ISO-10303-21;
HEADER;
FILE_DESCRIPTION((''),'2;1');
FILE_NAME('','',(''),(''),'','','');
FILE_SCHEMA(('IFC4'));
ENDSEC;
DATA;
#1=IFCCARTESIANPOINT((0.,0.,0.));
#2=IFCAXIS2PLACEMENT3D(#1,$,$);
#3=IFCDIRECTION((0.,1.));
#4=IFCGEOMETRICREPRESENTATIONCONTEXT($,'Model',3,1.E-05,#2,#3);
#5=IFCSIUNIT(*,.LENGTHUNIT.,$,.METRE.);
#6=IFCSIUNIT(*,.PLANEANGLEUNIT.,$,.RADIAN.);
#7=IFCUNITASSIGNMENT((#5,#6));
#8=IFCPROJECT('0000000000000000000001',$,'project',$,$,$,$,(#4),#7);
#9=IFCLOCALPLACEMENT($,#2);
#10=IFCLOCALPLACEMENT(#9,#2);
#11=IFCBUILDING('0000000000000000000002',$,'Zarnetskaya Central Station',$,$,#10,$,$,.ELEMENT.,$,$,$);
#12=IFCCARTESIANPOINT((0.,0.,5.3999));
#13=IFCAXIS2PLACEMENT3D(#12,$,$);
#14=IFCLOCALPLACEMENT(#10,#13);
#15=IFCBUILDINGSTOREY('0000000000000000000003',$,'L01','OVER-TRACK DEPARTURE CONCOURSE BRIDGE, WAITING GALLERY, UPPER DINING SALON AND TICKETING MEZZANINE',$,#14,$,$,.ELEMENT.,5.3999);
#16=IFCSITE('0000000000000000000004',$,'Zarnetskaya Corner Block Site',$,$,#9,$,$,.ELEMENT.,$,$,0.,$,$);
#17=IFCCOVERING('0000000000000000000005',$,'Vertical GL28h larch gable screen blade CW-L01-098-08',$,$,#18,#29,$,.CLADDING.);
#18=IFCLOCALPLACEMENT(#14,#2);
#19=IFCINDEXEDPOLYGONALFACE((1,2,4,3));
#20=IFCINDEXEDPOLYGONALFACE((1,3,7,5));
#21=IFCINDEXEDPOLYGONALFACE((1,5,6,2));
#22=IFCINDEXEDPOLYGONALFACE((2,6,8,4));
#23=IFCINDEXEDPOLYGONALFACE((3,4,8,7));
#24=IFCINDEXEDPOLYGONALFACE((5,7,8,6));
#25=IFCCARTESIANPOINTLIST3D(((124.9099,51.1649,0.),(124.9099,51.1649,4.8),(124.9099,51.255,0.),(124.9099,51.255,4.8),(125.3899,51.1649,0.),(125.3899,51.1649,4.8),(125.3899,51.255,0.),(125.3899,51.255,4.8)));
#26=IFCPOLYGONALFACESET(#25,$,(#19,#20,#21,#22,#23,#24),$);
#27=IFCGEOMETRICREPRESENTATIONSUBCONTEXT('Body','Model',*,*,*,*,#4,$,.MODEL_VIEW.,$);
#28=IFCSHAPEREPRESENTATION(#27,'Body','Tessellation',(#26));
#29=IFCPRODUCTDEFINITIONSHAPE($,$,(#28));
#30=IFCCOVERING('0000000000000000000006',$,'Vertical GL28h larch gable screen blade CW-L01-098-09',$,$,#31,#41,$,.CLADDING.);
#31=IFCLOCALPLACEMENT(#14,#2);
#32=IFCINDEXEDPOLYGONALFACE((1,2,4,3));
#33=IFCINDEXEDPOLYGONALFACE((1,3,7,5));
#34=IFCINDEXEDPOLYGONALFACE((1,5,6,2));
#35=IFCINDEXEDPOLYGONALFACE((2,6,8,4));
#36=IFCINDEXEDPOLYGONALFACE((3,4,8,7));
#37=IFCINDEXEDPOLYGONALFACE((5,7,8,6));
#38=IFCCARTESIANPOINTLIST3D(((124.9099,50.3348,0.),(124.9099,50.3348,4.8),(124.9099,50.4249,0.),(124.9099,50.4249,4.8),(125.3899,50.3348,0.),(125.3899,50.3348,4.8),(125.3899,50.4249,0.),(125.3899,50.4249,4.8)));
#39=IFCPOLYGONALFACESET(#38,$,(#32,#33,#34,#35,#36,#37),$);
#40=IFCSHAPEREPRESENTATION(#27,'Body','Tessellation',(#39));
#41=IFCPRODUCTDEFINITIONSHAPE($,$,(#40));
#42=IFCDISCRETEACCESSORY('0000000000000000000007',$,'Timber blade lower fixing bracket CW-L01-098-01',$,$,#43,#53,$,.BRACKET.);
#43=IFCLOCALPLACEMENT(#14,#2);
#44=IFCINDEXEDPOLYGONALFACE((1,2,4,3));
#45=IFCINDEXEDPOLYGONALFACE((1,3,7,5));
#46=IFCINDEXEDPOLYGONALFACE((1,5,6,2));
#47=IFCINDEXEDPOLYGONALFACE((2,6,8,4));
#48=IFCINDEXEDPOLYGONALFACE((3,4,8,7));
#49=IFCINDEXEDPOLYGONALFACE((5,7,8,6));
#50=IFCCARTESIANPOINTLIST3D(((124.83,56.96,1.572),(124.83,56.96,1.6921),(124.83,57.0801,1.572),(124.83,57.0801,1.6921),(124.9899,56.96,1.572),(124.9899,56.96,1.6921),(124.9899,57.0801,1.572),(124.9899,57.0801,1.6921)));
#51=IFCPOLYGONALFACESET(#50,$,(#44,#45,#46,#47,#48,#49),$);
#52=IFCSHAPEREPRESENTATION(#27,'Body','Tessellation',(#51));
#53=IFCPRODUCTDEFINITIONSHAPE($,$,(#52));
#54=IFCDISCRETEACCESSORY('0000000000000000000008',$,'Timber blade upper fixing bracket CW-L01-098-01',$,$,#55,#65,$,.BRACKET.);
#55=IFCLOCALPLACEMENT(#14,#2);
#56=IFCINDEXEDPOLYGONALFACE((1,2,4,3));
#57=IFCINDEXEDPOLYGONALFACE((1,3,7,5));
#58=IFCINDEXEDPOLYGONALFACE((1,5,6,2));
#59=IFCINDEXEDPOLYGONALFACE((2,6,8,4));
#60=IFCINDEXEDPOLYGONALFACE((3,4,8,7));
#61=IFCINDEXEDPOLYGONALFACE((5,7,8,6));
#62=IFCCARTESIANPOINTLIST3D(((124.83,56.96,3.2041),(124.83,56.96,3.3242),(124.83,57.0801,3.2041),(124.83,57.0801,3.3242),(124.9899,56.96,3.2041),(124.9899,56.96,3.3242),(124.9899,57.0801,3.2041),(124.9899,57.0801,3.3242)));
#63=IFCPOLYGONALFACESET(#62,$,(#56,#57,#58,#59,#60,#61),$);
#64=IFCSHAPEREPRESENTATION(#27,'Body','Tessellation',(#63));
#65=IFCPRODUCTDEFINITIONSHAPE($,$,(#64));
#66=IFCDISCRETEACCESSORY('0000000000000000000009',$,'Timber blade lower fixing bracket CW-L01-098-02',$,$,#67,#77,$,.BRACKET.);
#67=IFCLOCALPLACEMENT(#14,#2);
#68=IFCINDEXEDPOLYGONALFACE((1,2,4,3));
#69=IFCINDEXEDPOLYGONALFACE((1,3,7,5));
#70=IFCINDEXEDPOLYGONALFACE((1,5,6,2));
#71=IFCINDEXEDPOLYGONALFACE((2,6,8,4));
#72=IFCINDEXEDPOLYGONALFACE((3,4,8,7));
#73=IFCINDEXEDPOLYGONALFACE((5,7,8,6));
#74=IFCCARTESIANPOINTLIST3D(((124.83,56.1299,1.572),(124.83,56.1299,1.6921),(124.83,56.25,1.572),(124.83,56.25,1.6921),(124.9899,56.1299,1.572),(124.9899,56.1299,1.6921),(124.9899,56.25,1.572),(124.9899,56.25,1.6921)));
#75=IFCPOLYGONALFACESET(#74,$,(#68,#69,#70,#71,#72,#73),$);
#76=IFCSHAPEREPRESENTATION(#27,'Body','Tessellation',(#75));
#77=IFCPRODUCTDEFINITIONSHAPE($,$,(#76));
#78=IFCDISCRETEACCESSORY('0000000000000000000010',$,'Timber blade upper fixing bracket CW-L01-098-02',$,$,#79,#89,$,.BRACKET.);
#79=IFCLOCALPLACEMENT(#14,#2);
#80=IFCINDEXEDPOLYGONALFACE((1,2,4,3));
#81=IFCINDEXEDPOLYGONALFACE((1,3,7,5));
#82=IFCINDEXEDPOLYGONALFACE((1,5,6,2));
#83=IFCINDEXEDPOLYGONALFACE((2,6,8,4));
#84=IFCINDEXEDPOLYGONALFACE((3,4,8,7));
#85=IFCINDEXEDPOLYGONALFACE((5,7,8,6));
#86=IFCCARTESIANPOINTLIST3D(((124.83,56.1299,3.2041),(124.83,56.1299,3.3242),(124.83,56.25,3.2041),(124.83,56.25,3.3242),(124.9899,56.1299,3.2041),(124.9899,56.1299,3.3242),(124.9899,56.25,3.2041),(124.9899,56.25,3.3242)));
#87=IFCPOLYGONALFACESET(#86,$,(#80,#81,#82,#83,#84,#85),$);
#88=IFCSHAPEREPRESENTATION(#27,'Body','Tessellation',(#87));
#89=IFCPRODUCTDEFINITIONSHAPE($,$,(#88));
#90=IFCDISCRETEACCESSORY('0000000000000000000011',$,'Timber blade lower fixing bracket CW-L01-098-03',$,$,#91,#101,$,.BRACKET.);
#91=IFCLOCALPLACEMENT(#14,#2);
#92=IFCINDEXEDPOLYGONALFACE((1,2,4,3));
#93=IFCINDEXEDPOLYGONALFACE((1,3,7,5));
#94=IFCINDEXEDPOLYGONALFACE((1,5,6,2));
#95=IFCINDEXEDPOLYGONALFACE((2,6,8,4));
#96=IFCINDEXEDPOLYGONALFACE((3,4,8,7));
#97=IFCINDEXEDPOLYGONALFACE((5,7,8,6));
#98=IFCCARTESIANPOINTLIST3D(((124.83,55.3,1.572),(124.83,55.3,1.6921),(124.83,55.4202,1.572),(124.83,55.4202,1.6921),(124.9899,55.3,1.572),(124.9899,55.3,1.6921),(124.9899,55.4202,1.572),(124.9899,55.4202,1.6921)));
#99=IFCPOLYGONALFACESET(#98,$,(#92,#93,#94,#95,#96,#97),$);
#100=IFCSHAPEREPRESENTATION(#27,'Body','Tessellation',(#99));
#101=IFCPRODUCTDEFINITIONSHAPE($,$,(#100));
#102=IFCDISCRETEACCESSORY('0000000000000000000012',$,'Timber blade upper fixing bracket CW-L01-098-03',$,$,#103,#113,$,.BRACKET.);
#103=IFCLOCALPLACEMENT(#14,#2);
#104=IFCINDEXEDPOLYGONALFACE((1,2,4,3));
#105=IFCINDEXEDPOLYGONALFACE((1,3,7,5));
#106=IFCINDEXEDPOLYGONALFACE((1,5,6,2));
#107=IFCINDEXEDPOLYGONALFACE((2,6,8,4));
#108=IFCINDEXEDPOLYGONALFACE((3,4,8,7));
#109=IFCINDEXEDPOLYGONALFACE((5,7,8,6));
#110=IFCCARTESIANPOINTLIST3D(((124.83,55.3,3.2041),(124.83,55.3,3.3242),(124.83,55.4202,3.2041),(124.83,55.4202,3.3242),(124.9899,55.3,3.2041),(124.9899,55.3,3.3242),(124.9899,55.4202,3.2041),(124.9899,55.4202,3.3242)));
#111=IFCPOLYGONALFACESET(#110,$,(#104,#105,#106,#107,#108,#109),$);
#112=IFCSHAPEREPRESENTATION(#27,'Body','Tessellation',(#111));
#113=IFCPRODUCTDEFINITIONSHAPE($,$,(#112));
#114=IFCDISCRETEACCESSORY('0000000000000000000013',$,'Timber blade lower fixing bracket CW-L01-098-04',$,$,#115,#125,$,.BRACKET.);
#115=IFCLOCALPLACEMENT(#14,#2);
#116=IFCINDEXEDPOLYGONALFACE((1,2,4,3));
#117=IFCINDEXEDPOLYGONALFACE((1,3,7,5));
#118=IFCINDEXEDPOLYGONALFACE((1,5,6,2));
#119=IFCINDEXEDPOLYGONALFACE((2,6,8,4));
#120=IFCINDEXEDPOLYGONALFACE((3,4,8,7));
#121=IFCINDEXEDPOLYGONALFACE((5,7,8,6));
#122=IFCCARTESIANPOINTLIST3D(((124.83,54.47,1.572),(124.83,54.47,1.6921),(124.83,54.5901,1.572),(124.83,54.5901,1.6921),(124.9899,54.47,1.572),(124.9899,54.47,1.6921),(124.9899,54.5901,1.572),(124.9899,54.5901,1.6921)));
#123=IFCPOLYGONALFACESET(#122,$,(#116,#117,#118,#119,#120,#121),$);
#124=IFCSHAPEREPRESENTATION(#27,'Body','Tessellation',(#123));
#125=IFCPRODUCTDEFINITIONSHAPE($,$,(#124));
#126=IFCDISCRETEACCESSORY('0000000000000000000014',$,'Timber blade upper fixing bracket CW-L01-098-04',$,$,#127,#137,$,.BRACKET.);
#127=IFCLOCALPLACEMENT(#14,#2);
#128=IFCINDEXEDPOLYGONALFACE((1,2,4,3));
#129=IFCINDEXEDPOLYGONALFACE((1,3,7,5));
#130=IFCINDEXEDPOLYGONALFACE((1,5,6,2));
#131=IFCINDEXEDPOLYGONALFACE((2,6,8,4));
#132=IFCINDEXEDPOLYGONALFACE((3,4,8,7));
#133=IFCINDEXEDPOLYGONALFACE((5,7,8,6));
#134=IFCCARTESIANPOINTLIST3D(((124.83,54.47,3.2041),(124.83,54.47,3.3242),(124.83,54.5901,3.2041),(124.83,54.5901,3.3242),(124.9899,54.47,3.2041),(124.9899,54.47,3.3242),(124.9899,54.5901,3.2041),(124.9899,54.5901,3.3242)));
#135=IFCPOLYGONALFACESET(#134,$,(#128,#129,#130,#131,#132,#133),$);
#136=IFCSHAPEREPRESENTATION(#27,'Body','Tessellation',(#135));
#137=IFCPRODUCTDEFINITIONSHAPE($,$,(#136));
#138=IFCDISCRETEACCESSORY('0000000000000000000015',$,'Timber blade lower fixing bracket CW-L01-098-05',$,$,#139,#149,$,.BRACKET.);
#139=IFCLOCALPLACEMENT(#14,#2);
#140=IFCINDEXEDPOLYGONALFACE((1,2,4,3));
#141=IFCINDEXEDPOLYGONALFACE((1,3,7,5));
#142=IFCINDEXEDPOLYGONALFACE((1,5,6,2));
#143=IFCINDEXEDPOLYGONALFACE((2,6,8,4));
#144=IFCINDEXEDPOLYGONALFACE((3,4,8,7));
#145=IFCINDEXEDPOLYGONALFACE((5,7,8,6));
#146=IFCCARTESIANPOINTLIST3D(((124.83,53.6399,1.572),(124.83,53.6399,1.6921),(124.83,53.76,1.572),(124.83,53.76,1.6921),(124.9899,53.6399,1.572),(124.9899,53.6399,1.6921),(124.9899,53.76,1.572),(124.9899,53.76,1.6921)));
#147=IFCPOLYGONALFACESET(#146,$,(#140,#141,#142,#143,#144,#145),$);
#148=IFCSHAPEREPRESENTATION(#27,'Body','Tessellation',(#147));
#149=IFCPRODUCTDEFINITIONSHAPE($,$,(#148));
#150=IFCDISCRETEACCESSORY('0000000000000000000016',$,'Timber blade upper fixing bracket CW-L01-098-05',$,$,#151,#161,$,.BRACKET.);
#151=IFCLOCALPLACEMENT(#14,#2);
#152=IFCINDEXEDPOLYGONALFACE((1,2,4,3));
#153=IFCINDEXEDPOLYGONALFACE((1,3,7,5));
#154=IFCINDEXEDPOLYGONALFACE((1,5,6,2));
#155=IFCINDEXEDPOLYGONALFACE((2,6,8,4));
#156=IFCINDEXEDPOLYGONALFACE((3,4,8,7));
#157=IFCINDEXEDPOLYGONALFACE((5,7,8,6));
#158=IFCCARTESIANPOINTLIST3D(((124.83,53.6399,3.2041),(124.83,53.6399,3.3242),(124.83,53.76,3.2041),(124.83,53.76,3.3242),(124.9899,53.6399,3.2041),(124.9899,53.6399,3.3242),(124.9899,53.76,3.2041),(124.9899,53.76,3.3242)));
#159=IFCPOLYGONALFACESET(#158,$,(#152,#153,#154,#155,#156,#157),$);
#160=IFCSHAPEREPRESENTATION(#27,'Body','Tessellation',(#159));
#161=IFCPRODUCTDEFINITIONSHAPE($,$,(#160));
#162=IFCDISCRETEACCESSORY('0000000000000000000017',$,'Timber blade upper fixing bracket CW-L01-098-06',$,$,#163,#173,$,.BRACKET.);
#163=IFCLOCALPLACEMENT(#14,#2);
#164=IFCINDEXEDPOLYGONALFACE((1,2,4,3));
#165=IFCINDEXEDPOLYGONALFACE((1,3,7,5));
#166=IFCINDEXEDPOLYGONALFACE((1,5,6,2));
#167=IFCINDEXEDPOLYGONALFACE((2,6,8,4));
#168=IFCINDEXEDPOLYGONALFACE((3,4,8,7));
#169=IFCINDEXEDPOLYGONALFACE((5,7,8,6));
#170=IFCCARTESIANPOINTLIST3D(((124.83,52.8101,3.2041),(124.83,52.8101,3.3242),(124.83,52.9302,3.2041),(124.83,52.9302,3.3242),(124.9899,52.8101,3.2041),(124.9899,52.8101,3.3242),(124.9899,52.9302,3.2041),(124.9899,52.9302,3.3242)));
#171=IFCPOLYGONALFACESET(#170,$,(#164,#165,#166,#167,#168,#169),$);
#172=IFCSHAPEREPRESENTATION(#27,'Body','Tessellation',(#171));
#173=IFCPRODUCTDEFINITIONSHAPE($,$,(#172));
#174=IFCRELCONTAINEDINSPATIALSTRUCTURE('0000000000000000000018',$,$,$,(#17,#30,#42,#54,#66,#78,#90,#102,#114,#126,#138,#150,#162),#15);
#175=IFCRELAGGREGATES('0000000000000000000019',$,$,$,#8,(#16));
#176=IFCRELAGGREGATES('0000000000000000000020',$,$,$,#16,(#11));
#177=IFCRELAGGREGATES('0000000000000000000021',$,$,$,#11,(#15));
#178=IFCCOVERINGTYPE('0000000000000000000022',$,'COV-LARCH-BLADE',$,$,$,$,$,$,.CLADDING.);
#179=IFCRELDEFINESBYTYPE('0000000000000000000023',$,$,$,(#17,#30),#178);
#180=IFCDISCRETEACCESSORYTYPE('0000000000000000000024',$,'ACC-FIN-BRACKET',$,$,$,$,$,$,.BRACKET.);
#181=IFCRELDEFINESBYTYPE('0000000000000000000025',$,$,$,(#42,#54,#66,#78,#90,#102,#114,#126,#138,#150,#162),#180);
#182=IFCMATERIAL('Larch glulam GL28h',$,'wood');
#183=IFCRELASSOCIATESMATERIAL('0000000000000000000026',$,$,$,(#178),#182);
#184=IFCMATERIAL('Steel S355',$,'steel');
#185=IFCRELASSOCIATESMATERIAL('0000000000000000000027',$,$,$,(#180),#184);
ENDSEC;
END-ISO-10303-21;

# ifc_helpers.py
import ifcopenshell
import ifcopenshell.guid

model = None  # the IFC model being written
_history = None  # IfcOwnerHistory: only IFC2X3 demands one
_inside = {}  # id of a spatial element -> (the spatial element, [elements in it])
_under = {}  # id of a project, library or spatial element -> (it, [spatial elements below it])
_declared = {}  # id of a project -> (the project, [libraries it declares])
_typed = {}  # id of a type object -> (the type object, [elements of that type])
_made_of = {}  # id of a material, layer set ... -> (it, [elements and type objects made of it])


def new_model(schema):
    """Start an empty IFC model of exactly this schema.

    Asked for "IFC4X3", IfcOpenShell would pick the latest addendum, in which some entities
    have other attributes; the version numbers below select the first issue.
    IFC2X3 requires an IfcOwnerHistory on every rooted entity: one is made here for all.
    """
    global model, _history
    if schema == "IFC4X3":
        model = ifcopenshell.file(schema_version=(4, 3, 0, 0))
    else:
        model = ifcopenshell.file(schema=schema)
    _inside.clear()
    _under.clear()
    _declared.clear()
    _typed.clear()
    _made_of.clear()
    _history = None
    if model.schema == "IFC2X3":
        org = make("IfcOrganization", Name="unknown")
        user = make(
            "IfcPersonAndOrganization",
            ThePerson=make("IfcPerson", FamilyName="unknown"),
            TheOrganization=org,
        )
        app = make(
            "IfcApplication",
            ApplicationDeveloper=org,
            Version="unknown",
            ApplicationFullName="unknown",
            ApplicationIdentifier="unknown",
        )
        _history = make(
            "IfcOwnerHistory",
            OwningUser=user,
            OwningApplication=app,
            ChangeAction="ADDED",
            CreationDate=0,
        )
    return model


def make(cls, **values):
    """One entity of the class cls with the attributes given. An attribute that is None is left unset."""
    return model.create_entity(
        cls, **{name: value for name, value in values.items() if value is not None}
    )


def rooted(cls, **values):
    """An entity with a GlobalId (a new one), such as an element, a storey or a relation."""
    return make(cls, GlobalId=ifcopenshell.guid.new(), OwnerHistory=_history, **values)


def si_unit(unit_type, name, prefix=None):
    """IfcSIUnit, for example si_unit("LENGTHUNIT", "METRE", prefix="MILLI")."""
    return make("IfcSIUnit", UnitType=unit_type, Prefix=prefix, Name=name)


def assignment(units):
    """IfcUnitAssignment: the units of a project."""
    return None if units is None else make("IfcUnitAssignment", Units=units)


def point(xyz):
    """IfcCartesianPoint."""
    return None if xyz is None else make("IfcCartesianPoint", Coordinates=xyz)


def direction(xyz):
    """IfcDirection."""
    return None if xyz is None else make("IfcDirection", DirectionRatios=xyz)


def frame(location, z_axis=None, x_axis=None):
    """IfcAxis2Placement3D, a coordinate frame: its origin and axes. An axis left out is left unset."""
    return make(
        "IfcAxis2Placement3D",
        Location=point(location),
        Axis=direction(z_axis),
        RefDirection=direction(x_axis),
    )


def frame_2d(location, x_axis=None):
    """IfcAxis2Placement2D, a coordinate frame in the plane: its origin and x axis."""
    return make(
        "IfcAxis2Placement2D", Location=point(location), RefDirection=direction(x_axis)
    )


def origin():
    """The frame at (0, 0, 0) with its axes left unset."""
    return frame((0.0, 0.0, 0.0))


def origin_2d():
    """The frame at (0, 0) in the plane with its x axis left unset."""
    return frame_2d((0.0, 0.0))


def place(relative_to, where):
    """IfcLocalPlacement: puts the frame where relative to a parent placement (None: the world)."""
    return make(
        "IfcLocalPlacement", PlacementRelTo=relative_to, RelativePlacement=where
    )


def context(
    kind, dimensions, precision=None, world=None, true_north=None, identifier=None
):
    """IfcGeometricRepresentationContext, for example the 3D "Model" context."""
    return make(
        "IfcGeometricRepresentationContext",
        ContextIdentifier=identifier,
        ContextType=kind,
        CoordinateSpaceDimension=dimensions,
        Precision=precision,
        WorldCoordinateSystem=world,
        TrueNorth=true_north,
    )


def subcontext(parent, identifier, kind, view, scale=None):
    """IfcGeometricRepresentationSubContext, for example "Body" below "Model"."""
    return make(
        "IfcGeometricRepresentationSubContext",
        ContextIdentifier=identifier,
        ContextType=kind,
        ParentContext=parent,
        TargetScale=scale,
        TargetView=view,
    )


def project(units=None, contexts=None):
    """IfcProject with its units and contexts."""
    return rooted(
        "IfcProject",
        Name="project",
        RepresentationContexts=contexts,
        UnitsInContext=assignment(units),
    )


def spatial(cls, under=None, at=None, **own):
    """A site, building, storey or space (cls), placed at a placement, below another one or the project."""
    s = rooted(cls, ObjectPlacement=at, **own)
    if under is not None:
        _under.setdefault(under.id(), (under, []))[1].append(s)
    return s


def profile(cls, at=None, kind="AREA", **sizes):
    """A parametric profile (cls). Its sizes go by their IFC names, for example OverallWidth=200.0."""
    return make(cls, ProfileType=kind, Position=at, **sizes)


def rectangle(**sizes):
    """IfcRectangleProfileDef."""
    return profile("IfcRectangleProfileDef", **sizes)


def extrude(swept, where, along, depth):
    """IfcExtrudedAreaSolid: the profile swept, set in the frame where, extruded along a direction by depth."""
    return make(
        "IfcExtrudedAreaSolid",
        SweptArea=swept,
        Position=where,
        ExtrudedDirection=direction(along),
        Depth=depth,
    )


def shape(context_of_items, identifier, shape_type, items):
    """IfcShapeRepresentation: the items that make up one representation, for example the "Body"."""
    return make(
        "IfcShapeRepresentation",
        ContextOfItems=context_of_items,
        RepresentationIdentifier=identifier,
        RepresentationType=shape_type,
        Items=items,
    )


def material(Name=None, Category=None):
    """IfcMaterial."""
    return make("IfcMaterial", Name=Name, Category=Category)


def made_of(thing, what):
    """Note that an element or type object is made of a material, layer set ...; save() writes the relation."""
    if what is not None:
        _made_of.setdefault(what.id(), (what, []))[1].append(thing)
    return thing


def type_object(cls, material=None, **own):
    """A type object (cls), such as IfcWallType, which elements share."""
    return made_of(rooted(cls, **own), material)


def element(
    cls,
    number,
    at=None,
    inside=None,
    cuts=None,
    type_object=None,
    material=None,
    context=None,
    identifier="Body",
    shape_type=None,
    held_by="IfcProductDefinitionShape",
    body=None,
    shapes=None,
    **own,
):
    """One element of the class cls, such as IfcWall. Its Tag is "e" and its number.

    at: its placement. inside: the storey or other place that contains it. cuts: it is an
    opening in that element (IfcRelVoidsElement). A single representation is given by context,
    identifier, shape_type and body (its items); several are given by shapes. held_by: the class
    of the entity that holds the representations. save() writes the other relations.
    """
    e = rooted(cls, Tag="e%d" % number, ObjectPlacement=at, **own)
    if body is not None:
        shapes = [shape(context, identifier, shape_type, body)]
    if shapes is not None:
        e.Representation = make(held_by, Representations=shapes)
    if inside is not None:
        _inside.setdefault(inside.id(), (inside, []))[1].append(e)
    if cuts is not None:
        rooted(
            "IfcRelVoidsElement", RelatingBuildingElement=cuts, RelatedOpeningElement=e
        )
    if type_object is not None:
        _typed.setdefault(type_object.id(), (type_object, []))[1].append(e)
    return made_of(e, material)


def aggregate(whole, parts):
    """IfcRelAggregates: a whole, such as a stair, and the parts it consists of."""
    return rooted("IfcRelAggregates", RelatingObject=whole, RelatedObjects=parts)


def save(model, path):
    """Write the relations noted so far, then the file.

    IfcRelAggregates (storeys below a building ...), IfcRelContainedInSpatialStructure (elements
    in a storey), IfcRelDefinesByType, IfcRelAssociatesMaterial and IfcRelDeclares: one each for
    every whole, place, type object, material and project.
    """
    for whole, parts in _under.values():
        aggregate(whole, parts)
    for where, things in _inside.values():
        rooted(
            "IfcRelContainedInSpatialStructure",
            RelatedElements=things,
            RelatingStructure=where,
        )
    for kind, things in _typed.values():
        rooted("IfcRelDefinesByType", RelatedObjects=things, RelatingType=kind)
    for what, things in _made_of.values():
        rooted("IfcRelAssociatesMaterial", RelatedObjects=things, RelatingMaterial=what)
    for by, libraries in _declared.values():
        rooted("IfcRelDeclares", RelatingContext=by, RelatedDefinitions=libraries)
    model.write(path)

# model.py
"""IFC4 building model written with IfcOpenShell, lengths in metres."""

from ifc_helpers import new_model, si_unit, direction, frame, origin, origin_2d, place, context, subcontext, project, spatial, rectangle, extrude, material, type_object, element, save


model = new_model("IFC4")

# Units and contexts
model_context = context("Model", 3, precision=1e-05, world=origin(), true_north=direction((0.0, 1.0)))
body_context = subcontext(model_context, "Body", "Model", "MODEL_VIEW")
ifc_project = project(units=[si_unit("LENGTHUNIT", "METRE"), si_unit("PLANEANGLEUNIT", "RADIAN")], contexts=[model_context])

# Site, building, storey
site_placement = place(None, origin())
site = spatial("IfcSite", under=ifc_project, at=site_placement, Name="Zarnetskaya Corner Block Site", CompositionType="ELEMENT", RefElevation=0.0)
building_placement = place(site_placement, origin())
building = spatial("IfcBuilding", under=site, at=building_placement, Name="Zarnetskaya Central Station", CompositionType="ELEMENT")
storey_placement = place(building_placement, frame((0.0, 0.0, 5.3999)))
storey = spatial("IfcBuildingStorey", under=building, at=storey_placement, Name="L01", Description="OVER-TRACK DEPARTURE CONCOURSE BRIDGE, WAITING GALLERY, UPPER DINING SALON AND TICKETING MEZZANINE", CompositionType="ELEMENT", Elevation=5.3999)

# Shared definitions
ifc_material_1 = material(Name="Steel S355", Category="steel")

# Coverings
ifc_material_2 = material(Name="Larch glulam GL28h", Category="wood")
covering_type = type_object("IfcCoveringType", Name="COV-LARCH-BLADE", PredefinedType="CLADDING", material=ifc_material_2)
for number, where, z_axis, x_axis, name in (
    (1, (125.1499, 51.21, 0.0), (0.0, 0.0, 1.0), (0.0, -1.0, 0.0), "Vertical GL28h larch gable screen blade CW-L01-098-08"),
    (2, (125.1499, 50.3799, 0.0), (0.0, 0.0, 1.0), (0.0, -1.0, 0.0), "Vertical GL28h larch gable screen blade CW-L01-098-09"),
):
    element("IfcCovering", number, at=place(storey_placement, frame(where, z_axis=z_axis, x_axis=x_axis)), inside=storey, type_object=covering_type, Name=name, PredefinedType="CLADDING", context=body_context, shape_type="SweptSolid", body=[
        extrude(rectangle(XDim=0.0901, YDim=0.48, at=origin_2d()), origin(), (0.0, 0.0, 1.0), 4.8),
    ])

# Discrete accessories
discrete_accessory_type = type_object("IfcDiscreteAccessoryType", Name="ACC-FIN-BRACKET", PredefinedType="BRACKET", material=ifc_material_1)
for number, where, z_axis, x_axis, name in (
    (3, (124.9099, 57.02, 1.572), (0.0, 0.0, 1.0), (0.0, -1.0, 0.0), "Timber blade lower fixing bracket CW-L01-098-01"),
    (4, (124.9099, 57.02, 3.2041), (0.0, 0.0, 1.0), (0.0, -1.0, 0.0), "Timber blade upper fixing bracket CW-L01-098-01"),
    (5, (124.9099, 56.1899, 1.572), (0.0, 0.0, 1.0), (0.0, -1.0, 0.0), "Timber blade lower fixing bracket CW-L01-098-02"),
    (6, (124.9099, 56.1899, 3.2041), (0.0, 0.0, 1.0), (0.0, -1.0, 0.0), "Timber blade upper fixing bracket CW-L01-098-02"),
    (7, (124.9099, 55.3601, 1.572), (0.0, 0.0, 1.0), (0.0, -1.0, 0.0), "Timber blade lower fixing bracket CW-L01-098-03"),
    (8, (124.9099, 55.3601, 3.2041), (0.0, 0.0, 1.0), (0.0, -1.0, 0.0), "Timber blade upper fixing bracket CW-L01-098-03"),
    (9, (124.9099, 54.53, 1.572), (0.0, 0.0, 1.0), (0.0, -1.0, 0.0), "Timber blade lower fixing bracket CW-L01-098-04"),
    (10, (124.9099, 54.53, 3.2041), (0.0, 0.0, 1.0), (0.0, -1.0, 0.0), "Timber blade upper fixing bracket CW-L01-098-04"),
    (11, (124.9099, 53.7, 1.572), (0.0, 0.0, 1.0), (0.0, -1.0, 0.0), "Timber blade lower fixing bracket CW-L01-098-05"),
    (12, (124.9099, 53.7, 3.2041), (0.0, 0.0, 1.0), (0.0, -1.0, 0.0), "Timber blade upper fixing bracket CW-L01-098-05"),
    (13, (124.9099, 52.8701, 3.2041), (0.0, 0.0, 1.0), (0.0, -1.0, 0.0), "Timber blade upper fixing bracket CW-L01-098-06"),
):
    element("IfcDiscreteAccessory", number, at=place(storey_placement, frame(where, z_axis=z_axis, x_axis=x_axis)), inside=storey, type_object=discrete_accessory_type, Name=name, PredefinedType="BRACKET", context=body_context, shape_type="SweptSolid", body=[
        extrude(rectangle(XDim=0.1201, YDim=0.1599, at=origin_2d()), origin(), (0.0, 0.0, 1.0), 0.1201),
    ])

save(model, "model.ifc")
